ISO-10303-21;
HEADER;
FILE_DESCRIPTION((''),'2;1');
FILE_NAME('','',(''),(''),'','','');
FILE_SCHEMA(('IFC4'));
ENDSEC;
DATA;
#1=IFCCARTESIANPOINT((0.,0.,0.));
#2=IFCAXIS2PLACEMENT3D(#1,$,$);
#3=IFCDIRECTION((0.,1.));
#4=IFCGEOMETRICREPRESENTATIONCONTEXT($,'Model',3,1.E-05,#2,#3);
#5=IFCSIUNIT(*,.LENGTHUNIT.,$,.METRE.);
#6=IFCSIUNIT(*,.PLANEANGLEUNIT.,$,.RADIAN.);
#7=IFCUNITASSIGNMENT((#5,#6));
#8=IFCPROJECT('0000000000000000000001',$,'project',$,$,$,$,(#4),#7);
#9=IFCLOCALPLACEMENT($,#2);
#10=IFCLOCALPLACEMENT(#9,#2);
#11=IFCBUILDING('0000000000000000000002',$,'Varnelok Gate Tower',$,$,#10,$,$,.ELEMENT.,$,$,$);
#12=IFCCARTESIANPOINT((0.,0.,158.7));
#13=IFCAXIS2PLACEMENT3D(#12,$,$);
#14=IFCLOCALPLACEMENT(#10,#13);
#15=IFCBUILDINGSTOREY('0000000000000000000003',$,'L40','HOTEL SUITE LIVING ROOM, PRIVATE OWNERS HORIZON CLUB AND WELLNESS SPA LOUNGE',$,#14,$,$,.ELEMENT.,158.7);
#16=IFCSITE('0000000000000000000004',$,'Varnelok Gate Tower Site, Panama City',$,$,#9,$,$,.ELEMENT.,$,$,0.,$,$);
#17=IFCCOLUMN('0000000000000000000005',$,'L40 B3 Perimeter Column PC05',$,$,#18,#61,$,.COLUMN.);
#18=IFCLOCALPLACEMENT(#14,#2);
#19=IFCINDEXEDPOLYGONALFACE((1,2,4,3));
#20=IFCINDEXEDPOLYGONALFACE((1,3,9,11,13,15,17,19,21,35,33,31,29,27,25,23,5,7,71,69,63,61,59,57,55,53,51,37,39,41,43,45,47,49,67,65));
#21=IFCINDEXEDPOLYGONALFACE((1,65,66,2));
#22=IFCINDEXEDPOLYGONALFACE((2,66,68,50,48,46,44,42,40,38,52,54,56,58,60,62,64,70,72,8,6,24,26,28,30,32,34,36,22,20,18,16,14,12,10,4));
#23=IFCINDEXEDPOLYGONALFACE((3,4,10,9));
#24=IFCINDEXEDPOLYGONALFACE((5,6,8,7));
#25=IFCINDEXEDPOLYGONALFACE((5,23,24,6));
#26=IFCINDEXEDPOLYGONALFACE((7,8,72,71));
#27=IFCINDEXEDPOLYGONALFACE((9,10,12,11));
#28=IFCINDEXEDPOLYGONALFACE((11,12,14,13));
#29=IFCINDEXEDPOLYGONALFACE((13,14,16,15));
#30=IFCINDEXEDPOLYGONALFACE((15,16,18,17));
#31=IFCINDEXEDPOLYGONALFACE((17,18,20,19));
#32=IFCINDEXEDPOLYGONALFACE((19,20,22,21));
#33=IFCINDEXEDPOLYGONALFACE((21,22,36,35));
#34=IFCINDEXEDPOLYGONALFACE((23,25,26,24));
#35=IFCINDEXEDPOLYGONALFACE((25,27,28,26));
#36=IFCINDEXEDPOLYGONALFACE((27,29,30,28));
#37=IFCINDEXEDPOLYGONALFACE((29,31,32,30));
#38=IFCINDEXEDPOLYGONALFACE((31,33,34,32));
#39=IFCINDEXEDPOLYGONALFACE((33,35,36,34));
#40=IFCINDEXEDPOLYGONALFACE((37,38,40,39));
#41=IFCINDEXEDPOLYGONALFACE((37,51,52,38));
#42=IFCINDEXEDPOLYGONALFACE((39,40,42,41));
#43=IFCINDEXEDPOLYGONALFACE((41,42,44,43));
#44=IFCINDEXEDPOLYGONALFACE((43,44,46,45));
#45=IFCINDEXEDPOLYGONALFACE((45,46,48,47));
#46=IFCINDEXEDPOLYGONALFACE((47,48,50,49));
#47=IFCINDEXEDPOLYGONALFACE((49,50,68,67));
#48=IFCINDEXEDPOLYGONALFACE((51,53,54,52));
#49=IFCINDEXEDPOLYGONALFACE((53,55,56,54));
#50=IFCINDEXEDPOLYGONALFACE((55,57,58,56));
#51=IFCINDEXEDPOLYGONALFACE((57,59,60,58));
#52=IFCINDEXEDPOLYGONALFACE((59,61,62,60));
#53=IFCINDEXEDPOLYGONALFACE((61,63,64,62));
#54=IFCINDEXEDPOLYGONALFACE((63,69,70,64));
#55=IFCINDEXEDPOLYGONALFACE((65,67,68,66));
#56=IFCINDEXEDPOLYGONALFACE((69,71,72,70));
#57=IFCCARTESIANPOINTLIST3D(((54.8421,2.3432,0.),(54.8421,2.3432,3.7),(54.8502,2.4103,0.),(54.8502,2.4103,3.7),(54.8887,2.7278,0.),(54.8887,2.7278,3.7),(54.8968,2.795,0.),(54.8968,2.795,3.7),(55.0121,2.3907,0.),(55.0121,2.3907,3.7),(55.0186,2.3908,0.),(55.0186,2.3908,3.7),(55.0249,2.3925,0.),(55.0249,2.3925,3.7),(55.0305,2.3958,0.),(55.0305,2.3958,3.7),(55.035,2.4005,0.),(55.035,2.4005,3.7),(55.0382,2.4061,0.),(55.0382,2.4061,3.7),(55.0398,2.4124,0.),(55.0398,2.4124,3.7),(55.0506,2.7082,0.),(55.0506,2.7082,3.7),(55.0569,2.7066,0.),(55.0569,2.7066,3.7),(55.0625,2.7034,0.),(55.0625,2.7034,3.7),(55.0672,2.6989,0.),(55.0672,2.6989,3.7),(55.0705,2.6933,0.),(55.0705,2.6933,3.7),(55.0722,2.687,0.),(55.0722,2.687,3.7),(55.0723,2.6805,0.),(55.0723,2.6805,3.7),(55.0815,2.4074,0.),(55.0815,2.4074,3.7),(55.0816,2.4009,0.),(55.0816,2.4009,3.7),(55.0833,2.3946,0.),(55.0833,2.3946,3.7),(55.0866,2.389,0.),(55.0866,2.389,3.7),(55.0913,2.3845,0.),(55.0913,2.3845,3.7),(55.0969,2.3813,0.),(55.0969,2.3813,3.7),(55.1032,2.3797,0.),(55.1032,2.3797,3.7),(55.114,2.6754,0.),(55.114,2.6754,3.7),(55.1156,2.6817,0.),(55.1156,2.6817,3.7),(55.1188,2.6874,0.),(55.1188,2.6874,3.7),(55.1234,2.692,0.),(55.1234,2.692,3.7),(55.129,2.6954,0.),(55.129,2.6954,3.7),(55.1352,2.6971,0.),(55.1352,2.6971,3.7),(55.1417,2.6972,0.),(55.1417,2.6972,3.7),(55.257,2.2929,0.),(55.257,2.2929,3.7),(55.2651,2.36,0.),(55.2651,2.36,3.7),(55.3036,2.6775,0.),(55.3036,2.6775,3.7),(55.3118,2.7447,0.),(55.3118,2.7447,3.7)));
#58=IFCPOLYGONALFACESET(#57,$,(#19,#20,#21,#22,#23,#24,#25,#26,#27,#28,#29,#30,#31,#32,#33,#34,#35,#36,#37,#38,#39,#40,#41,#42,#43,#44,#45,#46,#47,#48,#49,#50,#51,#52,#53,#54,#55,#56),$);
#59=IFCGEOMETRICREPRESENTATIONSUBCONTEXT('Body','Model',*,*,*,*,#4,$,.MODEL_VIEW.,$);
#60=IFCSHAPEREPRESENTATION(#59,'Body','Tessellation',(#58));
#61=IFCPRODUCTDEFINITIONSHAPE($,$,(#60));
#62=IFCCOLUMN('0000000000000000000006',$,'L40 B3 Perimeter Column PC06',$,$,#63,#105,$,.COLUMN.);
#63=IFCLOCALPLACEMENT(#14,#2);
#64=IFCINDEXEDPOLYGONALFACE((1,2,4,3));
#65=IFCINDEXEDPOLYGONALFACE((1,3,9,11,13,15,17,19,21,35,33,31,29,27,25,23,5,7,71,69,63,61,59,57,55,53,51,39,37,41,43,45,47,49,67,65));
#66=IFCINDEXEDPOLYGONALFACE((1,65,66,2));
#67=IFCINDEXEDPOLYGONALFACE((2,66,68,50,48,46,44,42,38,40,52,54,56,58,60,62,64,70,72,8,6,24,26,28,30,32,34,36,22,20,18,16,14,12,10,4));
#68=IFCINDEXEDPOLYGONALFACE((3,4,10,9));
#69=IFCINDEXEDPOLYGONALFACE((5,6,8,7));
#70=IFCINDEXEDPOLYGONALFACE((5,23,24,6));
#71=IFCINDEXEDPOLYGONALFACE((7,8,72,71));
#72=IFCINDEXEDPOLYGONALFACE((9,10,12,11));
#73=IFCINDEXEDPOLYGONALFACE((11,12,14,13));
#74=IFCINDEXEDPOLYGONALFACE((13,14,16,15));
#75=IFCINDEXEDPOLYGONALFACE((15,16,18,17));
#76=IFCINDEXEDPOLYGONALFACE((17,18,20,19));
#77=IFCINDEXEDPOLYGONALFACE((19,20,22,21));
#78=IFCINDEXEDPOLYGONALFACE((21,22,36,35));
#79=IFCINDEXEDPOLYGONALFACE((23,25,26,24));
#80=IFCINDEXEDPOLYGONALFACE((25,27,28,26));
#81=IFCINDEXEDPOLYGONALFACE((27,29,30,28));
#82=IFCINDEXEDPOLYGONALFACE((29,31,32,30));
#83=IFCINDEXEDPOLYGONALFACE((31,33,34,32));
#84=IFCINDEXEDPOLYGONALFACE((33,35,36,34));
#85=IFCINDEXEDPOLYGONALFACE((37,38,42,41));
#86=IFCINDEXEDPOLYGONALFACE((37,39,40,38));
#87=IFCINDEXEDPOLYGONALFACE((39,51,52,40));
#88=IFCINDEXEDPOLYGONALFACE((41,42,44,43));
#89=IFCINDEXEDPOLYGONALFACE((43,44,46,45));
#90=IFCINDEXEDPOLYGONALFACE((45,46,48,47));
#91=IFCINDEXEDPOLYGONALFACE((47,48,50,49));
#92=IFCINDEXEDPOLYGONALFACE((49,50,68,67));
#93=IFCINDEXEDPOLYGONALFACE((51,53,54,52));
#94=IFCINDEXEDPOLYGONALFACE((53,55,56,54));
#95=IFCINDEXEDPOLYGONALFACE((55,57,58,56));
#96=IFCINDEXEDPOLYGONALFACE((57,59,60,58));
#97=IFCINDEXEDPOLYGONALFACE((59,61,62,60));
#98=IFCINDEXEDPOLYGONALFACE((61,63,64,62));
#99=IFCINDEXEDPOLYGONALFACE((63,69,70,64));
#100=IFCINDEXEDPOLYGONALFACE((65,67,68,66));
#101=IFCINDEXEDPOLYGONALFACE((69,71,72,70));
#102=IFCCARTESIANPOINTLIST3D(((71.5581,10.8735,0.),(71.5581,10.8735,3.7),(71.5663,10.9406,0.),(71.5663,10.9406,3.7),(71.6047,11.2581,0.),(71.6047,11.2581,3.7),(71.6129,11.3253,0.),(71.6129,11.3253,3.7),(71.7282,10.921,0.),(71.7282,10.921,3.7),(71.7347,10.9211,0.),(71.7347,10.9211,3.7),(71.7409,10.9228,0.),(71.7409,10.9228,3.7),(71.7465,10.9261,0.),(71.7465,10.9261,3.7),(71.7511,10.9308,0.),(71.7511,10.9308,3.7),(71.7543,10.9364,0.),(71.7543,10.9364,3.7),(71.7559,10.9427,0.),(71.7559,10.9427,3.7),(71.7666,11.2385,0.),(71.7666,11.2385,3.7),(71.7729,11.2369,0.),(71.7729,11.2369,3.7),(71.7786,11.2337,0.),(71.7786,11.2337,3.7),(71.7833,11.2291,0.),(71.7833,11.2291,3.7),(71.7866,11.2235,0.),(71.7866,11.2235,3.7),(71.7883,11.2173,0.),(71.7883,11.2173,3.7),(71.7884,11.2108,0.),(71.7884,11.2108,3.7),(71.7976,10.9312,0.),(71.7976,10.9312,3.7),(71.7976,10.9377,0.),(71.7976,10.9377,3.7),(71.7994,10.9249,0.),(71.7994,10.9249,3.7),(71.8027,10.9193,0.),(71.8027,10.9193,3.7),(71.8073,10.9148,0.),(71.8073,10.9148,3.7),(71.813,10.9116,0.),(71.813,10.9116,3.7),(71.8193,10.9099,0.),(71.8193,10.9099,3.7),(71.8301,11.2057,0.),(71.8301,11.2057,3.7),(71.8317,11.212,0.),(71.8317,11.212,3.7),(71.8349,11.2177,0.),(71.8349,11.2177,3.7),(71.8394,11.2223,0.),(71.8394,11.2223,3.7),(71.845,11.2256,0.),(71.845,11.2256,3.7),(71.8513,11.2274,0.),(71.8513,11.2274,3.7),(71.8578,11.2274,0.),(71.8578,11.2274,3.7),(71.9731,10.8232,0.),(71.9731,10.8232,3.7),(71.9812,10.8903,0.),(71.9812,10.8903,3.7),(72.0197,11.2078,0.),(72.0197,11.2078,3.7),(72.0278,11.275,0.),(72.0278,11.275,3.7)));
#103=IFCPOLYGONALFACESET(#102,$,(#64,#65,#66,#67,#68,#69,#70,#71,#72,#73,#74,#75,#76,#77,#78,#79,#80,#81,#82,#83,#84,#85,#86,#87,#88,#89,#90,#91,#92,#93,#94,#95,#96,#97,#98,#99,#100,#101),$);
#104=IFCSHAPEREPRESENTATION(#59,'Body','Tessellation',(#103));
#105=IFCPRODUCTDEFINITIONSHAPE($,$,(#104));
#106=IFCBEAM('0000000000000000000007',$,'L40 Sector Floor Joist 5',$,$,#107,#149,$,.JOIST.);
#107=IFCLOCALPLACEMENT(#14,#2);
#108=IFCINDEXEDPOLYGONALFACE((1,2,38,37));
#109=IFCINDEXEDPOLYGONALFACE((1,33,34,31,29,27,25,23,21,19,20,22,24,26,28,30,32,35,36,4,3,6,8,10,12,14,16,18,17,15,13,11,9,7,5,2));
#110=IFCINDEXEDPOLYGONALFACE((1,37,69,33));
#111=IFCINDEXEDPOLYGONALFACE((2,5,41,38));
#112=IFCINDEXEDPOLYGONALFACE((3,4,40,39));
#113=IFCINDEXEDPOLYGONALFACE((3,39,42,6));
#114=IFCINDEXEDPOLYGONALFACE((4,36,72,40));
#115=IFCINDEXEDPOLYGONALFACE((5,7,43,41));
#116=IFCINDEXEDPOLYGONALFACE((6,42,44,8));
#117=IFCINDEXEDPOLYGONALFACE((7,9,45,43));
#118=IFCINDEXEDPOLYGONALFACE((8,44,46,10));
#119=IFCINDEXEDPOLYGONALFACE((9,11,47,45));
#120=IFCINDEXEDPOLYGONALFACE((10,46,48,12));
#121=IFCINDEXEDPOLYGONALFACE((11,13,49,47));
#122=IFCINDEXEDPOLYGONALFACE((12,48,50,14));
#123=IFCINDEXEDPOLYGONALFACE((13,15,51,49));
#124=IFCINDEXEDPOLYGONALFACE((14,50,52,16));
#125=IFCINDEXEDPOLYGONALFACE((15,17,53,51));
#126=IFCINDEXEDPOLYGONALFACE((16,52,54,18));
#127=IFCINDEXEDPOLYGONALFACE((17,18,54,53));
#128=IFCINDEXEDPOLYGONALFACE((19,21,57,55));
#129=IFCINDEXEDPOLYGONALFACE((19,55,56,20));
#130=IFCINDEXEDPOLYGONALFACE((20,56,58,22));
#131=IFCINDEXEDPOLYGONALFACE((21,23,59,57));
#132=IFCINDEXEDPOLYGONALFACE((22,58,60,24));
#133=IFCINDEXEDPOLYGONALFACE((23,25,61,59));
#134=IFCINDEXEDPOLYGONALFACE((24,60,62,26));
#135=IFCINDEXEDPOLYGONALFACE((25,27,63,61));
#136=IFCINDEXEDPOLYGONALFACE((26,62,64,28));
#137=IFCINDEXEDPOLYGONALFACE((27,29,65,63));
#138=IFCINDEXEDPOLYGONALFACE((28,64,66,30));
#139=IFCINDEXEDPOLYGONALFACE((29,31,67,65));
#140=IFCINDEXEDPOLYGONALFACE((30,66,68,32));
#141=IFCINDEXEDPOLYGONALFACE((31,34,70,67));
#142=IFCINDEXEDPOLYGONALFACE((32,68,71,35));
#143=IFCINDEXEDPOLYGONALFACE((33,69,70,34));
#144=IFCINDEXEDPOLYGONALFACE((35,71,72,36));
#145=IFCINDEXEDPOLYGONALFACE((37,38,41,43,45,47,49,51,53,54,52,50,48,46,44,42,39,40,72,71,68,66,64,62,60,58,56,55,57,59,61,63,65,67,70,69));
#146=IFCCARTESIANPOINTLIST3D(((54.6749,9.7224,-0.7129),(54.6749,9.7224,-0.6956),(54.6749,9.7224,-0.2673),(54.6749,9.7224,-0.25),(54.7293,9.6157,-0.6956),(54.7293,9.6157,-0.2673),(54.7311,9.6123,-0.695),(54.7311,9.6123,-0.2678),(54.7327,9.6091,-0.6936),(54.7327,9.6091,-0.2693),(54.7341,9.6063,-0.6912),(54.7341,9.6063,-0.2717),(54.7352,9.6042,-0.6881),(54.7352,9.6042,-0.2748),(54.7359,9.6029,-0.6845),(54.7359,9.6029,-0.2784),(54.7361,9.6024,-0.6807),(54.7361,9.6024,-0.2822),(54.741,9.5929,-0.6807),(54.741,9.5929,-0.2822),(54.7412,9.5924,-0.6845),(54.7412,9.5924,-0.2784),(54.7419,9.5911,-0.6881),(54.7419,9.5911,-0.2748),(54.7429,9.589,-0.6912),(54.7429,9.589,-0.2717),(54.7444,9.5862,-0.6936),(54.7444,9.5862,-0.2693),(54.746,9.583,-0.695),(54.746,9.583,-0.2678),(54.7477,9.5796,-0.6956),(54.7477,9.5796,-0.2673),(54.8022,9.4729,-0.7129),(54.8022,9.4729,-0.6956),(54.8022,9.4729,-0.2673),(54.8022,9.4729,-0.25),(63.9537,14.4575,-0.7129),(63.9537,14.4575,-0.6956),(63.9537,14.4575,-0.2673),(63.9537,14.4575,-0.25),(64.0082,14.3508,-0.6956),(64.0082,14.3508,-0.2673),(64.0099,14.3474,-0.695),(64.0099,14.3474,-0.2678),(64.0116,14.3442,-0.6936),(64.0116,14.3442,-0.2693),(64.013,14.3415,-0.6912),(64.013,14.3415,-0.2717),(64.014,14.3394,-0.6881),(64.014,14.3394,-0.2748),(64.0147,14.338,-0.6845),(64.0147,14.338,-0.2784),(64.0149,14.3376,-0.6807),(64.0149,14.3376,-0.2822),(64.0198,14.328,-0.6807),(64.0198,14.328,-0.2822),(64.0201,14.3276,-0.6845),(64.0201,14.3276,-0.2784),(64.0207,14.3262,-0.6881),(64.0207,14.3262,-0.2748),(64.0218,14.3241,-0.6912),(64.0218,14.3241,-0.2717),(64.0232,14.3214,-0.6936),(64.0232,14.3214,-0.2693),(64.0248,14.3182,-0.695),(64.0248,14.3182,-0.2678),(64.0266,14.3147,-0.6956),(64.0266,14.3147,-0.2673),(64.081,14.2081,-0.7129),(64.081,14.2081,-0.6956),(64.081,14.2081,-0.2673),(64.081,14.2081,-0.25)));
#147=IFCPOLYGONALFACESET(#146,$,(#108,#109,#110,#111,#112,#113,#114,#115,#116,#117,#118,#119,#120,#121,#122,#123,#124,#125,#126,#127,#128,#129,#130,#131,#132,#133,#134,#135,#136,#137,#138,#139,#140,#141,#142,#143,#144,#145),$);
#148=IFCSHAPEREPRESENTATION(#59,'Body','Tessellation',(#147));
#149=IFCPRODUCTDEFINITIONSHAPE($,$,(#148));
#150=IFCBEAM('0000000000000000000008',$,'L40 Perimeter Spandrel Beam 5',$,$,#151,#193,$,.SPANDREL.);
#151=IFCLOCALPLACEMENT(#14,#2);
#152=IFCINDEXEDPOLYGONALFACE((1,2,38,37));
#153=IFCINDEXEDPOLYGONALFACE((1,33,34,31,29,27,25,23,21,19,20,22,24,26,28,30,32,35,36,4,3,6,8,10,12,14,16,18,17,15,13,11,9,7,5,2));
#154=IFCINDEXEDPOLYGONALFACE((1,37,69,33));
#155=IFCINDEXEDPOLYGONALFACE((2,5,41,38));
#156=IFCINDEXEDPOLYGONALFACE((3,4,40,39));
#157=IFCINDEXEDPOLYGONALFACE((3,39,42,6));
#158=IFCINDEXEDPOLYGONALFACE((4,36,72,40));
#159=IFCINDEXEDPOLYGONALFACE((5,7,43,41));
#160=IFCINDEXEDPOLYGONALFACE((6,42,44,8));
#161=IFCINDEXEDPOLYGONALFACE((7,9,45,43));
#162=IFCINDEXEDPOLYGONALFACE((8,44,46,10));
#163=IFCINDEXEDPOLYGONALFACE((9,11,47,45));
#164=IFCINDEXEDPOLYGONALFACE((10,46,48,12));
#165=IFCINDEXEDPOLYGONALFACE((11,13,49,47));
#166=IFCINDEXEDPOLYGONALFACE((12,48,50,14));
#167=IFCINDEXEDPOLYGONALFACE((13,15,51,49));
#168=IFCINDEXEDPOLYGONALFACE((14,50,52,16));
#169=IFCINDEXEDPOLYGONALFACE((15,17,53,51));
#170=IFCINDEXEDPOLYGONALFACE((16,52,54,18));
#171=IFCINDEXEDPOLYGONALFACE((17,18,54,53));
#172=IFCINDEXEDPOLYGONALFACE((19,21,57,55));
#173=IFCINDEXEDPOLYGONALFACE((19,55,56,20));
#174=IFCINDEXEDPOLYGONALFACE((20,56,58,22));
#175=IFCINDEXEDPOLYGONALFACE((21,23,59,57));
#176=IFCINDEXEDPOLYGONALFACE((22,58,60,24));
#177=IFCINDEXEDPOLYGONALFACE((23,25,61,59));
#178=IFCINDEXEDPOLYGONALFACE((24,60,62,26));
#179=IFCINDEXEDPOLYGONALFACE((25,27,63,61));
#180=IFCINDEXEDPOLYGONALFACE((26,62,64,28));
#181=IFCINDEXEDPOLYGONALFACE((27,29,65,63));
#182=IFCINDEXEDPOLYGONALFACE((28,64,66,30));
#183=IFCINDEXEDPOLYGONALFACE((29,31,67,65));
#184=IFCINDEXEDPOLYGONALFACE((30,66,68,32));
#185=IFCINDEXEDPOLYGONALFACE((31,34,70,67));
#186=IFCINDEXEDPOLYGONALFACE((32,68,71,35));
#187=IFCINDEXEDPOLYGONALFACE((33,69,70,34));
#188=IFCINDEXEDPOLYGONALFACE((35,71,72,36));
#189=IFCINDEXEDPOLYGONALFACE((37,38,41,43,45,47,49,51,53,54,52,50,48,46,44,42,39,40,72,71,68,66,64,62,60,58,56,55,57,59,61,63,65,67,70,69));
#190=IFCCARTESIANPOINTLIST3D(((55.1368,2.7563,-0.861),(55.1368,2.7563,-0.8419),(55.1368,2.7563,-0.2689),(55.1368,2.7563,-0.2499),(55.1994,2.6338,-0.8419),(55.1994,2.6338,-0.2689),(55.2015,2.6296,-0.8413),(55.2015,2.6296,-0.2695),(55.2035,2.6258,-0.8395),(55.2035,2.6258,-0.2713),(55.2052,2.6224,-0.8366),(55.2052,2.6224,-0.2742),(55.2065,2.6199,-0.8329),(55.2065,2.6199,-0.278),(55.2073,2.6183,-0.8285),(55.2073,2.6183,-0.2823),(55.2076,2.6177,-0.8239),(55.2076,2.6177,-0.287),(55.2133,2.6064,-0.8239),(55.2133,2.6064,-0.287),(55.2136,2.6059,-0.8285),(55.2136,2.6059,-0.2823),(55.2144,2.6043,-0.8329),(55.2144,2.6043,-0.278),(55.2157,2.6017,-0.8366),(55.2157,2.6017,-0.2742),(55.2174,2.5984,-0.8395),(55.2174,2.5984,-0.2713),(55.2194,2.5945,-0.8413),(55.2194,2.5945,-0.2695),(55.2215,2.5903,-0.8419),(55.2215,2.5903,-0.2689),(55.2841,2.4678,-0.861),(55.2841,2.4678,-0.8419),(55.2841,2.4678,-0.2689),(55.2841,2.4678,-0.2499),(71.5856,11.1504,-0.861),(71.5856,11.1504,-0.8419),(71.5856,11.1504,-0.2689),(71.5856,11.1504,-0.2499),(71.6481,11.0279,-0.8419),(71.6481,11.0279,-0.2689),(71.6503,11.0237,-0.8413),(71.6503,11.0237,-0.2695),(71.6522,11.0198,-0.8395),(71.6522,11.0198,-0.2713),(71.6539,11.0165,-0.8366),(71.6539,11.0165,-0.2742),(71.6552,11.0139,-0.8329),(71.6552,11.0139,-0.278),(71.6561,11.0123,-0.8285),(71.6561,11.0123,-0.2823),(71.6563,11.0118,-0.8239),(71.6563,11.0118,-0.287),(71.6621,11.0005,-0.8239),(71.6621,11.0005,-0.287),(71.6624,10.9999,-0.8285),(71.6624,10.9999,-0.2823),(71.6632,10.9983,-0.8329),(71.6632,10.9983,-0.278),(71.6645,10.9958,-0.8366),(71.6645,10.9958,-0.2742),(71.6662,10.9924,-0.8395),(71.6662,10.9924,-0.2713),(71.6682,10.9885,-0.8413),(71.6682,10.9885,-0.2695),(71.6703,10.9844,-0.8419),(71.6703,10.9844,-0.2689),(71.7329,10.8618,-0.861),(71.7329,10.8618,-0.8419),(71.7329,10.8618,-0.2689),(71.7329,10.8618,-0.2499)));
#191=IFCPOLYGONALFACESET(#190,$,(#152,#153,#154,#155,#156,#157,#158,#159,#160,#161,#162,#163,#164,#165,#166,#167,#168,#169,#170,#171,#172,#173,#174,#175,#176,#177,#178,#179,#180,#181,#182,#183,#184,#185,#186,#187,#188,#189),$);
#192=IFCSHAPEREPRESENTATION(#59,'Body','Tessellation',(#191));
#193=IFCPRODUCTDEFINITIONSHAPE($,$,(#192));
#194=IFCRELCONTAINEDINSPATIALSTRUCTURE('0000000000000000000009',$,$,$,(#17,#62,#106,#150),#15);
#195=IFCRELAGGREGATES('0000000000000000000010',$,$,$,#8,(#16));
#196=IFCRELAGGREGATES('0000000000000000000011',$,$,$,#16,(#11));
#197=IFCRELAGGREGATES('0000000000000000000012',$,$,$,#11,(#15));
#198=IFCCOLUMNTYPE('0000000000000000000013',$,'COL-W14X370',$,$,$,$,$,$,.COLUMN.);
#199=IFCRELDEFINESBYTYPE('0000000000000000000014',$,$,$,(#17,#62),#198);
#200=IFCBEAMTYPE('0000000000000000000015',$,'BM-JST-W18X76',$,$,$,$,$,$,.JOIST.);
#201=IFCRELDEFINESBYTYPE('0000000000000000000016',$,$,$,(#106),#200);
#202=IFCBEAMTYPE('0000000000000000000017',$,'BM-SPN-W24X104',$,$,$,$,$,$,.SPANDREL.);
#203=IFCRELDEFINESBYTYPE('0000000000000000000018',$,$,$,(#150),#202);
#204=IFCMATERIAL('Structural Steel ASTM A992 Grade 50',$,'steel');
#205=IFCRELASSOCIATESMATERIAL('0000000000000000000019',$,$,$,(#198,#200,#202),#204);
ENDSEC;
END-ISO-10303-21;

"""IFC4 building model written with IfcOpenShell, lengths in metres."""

from ifc_helpers import new_model, si_unit, direction, frame, origin, origin_2d, place, context, subcontext, project, spatial, i_section, extrude, material, material_profile, profile_set, type_object, element, save


model = new_model("IFC4")

# Units and contexts
model_context = context("Model", 3, precision=1e-05, world=origin(), true_north=direction((0.0, 1.0)))
body_context = subcontext(model_context, "Body", "Model", "MODEL_VIEW")
ifc_project = project(units=[si_unit("LENGTHUNIT", "METRE"), si_unit("PLANEANGLEUNIT", "RADIAN")], contexts=[model_context])

# Site, building, storey
site_placement = place(None, origin())
site = spatial("IfcSite", under=ifc_project, at=site_placement, Name="Varnelok Gate Tower Site, Panama City", CompositionType="ELEMENT", RefElevation=0.0)
building_placement = place(site_placement, origin())
building = spatial("IfcBuilding", under=site, at=building_placement, Name="Varnelok Gate Tower", CompositionType="ELEMENT")
storey_placement = place(building_placement, frame((0.0, 0.0, 158.7)))
storey = spatial("IfcBuildingStorey", under=building, at=storey_placement, Name="L40", Description="HOTEL SUITE LIVING ROOM, PRIVATE OWNERS HORIZON CLUB AND WELLNESS SPA LOUNGE", CompositionType="ELEMENT", Elevation=158.7)

# Columns
ifc_material_1 = material(Name="Structural Steel ASTM A992 Grade 50", Category="steel")
ifc_material_profile_1 = material_profile(ifc_material_1, i_section(OverallWidth=0.418, OverallDepth=0.4551, WebThickness=0.042, FlangeThickness=0.0676, FilletRadius=0.0249, at=origin_2d()), Name="W14X370")
ifc_profile_set_1 = profile_set([ifc_material_profile_1], Name="Structural Steel ASTM A992 Grade 50")
column_type = type_object("IfcColumnType", Name="COL-W14X370", PredefinedType="COLUMN", material=ifc_profile_set_1)
for number, where, z_axis, x_axis, name in (
    (1, (55.0769, 2.5439, 0.0), (0.0, 0.0, 1.0), (0.992732, -0.120345, 0.0), "L40 B3 Perimeter Column PC05"),
    (2, (71.793, 11.0742, 0.0), (0.0, 0.0, 1.0), (0.992732, -0.120345, 0.0), "L40 B3 Perimeter Column PC06"),
):
    element("IfcColumn", number, at=place(storey_placement, frame(where, z_axis=z_axis, x_axis=x_axis)), inside=storey, type_object=column_type, Name=name, PredefinedType="COLUMN", context=body_context, shape_type="SweptSolid", body=[
        extrude(i_section(OverallWidth=0.418, OverallDepth=0.4551, WebThickness=0.042, FlangeThickness=0.0676, FilletRadius=0.0249, at=origin_2d()), origin(), (0.0, 0.0, 1.0), 3.7),
    ])

# Beams
ifc_material_profile_2 = material_profile(ifc_material_1, i_section(OverallWidth=0.28, OverallDepth=0.4629, WebThickness=0.0107, FlangeThickness=0.0173, FilletRadius=0.0149, at=origin_2d()), Name="W18X76")
ifc_profile_set_2 = profile_set([ifc_material_profile_2], Name="Structural Steel ASTM A992 Grade 50")
beam_type_1 = type_object("IfcBeamType", Name="BM-JST-W18X76", PredefinedType="JOIST", material=ifc_profile_set_2)
beam_1_placement = place(storey_placement, frame((54.7385, 9.5977, -0.4814), z_axis=(0.890722, 0.454548, 0.0), x_axis=(-0.454548, 0.890722, 0.0)))
element("IfcBeam", 3, at=beam_1_placement, inside=storey, type_object=beam_type_1, Name="L40 Sector Floor Joist 5", PredefinedType="JOIST", context=body_context, shape_type="SweptSolid", body=[
    extrude(i_section(OverallWidth=0.28, OverallDepth=0.4629, WebThickness=0.0107, FlangeThickness=0.0173, FilletRadius=0.0149, at=origin_2d()), origin(), (0.0, 0.0, 1.0), 10.4172),
])
ifc_material_profile_3 = material_profile(ifc_material_1, i_section(OverallWidth=0.324, OverallDepth=0.6111, WebThickness=0.0127, FlangeThickness=0.019, FilletRadius=0.0181, at=origin_2d()), Name="W24X104")
ifc_profile_set_3 = profile_set([ifc_material_profile_3], Name="Structural Steel ASTM A992 Grade 50")
beam_type_2 = type_object("IfcBeamType", Name="BM-SPN-W24X104", PredefinedType="SPANDREL", material=ifc_profile_set_3)
beam_2_placement = place(storey_placement, frame((55.2104, 2.6121, -0.5554), z_axis=(0.890722, 0.454549, 0.0), x_axis=(-0.454549, 0.890722, 0.0)))
element("IfcBeam", 4, at=beam_2_placement, inside=storey, type_object=beam_type_2, Name="L40 Perimeter Spandrel Beam 5", PredefinedType="SPANDREL", context=body_context, shape_type="SweptSolid", body=[
    extrude(i_section(OverallWidth=0.324, OverallDepth=0.6111, WebThickness=0.0127, FlangeThickness=0.019, FilletRadius=0.0181, at=origin_2d()), origin(), (0.0, 0.0, 1.0), 18.4668),
])

save(model, "model.ifc")
